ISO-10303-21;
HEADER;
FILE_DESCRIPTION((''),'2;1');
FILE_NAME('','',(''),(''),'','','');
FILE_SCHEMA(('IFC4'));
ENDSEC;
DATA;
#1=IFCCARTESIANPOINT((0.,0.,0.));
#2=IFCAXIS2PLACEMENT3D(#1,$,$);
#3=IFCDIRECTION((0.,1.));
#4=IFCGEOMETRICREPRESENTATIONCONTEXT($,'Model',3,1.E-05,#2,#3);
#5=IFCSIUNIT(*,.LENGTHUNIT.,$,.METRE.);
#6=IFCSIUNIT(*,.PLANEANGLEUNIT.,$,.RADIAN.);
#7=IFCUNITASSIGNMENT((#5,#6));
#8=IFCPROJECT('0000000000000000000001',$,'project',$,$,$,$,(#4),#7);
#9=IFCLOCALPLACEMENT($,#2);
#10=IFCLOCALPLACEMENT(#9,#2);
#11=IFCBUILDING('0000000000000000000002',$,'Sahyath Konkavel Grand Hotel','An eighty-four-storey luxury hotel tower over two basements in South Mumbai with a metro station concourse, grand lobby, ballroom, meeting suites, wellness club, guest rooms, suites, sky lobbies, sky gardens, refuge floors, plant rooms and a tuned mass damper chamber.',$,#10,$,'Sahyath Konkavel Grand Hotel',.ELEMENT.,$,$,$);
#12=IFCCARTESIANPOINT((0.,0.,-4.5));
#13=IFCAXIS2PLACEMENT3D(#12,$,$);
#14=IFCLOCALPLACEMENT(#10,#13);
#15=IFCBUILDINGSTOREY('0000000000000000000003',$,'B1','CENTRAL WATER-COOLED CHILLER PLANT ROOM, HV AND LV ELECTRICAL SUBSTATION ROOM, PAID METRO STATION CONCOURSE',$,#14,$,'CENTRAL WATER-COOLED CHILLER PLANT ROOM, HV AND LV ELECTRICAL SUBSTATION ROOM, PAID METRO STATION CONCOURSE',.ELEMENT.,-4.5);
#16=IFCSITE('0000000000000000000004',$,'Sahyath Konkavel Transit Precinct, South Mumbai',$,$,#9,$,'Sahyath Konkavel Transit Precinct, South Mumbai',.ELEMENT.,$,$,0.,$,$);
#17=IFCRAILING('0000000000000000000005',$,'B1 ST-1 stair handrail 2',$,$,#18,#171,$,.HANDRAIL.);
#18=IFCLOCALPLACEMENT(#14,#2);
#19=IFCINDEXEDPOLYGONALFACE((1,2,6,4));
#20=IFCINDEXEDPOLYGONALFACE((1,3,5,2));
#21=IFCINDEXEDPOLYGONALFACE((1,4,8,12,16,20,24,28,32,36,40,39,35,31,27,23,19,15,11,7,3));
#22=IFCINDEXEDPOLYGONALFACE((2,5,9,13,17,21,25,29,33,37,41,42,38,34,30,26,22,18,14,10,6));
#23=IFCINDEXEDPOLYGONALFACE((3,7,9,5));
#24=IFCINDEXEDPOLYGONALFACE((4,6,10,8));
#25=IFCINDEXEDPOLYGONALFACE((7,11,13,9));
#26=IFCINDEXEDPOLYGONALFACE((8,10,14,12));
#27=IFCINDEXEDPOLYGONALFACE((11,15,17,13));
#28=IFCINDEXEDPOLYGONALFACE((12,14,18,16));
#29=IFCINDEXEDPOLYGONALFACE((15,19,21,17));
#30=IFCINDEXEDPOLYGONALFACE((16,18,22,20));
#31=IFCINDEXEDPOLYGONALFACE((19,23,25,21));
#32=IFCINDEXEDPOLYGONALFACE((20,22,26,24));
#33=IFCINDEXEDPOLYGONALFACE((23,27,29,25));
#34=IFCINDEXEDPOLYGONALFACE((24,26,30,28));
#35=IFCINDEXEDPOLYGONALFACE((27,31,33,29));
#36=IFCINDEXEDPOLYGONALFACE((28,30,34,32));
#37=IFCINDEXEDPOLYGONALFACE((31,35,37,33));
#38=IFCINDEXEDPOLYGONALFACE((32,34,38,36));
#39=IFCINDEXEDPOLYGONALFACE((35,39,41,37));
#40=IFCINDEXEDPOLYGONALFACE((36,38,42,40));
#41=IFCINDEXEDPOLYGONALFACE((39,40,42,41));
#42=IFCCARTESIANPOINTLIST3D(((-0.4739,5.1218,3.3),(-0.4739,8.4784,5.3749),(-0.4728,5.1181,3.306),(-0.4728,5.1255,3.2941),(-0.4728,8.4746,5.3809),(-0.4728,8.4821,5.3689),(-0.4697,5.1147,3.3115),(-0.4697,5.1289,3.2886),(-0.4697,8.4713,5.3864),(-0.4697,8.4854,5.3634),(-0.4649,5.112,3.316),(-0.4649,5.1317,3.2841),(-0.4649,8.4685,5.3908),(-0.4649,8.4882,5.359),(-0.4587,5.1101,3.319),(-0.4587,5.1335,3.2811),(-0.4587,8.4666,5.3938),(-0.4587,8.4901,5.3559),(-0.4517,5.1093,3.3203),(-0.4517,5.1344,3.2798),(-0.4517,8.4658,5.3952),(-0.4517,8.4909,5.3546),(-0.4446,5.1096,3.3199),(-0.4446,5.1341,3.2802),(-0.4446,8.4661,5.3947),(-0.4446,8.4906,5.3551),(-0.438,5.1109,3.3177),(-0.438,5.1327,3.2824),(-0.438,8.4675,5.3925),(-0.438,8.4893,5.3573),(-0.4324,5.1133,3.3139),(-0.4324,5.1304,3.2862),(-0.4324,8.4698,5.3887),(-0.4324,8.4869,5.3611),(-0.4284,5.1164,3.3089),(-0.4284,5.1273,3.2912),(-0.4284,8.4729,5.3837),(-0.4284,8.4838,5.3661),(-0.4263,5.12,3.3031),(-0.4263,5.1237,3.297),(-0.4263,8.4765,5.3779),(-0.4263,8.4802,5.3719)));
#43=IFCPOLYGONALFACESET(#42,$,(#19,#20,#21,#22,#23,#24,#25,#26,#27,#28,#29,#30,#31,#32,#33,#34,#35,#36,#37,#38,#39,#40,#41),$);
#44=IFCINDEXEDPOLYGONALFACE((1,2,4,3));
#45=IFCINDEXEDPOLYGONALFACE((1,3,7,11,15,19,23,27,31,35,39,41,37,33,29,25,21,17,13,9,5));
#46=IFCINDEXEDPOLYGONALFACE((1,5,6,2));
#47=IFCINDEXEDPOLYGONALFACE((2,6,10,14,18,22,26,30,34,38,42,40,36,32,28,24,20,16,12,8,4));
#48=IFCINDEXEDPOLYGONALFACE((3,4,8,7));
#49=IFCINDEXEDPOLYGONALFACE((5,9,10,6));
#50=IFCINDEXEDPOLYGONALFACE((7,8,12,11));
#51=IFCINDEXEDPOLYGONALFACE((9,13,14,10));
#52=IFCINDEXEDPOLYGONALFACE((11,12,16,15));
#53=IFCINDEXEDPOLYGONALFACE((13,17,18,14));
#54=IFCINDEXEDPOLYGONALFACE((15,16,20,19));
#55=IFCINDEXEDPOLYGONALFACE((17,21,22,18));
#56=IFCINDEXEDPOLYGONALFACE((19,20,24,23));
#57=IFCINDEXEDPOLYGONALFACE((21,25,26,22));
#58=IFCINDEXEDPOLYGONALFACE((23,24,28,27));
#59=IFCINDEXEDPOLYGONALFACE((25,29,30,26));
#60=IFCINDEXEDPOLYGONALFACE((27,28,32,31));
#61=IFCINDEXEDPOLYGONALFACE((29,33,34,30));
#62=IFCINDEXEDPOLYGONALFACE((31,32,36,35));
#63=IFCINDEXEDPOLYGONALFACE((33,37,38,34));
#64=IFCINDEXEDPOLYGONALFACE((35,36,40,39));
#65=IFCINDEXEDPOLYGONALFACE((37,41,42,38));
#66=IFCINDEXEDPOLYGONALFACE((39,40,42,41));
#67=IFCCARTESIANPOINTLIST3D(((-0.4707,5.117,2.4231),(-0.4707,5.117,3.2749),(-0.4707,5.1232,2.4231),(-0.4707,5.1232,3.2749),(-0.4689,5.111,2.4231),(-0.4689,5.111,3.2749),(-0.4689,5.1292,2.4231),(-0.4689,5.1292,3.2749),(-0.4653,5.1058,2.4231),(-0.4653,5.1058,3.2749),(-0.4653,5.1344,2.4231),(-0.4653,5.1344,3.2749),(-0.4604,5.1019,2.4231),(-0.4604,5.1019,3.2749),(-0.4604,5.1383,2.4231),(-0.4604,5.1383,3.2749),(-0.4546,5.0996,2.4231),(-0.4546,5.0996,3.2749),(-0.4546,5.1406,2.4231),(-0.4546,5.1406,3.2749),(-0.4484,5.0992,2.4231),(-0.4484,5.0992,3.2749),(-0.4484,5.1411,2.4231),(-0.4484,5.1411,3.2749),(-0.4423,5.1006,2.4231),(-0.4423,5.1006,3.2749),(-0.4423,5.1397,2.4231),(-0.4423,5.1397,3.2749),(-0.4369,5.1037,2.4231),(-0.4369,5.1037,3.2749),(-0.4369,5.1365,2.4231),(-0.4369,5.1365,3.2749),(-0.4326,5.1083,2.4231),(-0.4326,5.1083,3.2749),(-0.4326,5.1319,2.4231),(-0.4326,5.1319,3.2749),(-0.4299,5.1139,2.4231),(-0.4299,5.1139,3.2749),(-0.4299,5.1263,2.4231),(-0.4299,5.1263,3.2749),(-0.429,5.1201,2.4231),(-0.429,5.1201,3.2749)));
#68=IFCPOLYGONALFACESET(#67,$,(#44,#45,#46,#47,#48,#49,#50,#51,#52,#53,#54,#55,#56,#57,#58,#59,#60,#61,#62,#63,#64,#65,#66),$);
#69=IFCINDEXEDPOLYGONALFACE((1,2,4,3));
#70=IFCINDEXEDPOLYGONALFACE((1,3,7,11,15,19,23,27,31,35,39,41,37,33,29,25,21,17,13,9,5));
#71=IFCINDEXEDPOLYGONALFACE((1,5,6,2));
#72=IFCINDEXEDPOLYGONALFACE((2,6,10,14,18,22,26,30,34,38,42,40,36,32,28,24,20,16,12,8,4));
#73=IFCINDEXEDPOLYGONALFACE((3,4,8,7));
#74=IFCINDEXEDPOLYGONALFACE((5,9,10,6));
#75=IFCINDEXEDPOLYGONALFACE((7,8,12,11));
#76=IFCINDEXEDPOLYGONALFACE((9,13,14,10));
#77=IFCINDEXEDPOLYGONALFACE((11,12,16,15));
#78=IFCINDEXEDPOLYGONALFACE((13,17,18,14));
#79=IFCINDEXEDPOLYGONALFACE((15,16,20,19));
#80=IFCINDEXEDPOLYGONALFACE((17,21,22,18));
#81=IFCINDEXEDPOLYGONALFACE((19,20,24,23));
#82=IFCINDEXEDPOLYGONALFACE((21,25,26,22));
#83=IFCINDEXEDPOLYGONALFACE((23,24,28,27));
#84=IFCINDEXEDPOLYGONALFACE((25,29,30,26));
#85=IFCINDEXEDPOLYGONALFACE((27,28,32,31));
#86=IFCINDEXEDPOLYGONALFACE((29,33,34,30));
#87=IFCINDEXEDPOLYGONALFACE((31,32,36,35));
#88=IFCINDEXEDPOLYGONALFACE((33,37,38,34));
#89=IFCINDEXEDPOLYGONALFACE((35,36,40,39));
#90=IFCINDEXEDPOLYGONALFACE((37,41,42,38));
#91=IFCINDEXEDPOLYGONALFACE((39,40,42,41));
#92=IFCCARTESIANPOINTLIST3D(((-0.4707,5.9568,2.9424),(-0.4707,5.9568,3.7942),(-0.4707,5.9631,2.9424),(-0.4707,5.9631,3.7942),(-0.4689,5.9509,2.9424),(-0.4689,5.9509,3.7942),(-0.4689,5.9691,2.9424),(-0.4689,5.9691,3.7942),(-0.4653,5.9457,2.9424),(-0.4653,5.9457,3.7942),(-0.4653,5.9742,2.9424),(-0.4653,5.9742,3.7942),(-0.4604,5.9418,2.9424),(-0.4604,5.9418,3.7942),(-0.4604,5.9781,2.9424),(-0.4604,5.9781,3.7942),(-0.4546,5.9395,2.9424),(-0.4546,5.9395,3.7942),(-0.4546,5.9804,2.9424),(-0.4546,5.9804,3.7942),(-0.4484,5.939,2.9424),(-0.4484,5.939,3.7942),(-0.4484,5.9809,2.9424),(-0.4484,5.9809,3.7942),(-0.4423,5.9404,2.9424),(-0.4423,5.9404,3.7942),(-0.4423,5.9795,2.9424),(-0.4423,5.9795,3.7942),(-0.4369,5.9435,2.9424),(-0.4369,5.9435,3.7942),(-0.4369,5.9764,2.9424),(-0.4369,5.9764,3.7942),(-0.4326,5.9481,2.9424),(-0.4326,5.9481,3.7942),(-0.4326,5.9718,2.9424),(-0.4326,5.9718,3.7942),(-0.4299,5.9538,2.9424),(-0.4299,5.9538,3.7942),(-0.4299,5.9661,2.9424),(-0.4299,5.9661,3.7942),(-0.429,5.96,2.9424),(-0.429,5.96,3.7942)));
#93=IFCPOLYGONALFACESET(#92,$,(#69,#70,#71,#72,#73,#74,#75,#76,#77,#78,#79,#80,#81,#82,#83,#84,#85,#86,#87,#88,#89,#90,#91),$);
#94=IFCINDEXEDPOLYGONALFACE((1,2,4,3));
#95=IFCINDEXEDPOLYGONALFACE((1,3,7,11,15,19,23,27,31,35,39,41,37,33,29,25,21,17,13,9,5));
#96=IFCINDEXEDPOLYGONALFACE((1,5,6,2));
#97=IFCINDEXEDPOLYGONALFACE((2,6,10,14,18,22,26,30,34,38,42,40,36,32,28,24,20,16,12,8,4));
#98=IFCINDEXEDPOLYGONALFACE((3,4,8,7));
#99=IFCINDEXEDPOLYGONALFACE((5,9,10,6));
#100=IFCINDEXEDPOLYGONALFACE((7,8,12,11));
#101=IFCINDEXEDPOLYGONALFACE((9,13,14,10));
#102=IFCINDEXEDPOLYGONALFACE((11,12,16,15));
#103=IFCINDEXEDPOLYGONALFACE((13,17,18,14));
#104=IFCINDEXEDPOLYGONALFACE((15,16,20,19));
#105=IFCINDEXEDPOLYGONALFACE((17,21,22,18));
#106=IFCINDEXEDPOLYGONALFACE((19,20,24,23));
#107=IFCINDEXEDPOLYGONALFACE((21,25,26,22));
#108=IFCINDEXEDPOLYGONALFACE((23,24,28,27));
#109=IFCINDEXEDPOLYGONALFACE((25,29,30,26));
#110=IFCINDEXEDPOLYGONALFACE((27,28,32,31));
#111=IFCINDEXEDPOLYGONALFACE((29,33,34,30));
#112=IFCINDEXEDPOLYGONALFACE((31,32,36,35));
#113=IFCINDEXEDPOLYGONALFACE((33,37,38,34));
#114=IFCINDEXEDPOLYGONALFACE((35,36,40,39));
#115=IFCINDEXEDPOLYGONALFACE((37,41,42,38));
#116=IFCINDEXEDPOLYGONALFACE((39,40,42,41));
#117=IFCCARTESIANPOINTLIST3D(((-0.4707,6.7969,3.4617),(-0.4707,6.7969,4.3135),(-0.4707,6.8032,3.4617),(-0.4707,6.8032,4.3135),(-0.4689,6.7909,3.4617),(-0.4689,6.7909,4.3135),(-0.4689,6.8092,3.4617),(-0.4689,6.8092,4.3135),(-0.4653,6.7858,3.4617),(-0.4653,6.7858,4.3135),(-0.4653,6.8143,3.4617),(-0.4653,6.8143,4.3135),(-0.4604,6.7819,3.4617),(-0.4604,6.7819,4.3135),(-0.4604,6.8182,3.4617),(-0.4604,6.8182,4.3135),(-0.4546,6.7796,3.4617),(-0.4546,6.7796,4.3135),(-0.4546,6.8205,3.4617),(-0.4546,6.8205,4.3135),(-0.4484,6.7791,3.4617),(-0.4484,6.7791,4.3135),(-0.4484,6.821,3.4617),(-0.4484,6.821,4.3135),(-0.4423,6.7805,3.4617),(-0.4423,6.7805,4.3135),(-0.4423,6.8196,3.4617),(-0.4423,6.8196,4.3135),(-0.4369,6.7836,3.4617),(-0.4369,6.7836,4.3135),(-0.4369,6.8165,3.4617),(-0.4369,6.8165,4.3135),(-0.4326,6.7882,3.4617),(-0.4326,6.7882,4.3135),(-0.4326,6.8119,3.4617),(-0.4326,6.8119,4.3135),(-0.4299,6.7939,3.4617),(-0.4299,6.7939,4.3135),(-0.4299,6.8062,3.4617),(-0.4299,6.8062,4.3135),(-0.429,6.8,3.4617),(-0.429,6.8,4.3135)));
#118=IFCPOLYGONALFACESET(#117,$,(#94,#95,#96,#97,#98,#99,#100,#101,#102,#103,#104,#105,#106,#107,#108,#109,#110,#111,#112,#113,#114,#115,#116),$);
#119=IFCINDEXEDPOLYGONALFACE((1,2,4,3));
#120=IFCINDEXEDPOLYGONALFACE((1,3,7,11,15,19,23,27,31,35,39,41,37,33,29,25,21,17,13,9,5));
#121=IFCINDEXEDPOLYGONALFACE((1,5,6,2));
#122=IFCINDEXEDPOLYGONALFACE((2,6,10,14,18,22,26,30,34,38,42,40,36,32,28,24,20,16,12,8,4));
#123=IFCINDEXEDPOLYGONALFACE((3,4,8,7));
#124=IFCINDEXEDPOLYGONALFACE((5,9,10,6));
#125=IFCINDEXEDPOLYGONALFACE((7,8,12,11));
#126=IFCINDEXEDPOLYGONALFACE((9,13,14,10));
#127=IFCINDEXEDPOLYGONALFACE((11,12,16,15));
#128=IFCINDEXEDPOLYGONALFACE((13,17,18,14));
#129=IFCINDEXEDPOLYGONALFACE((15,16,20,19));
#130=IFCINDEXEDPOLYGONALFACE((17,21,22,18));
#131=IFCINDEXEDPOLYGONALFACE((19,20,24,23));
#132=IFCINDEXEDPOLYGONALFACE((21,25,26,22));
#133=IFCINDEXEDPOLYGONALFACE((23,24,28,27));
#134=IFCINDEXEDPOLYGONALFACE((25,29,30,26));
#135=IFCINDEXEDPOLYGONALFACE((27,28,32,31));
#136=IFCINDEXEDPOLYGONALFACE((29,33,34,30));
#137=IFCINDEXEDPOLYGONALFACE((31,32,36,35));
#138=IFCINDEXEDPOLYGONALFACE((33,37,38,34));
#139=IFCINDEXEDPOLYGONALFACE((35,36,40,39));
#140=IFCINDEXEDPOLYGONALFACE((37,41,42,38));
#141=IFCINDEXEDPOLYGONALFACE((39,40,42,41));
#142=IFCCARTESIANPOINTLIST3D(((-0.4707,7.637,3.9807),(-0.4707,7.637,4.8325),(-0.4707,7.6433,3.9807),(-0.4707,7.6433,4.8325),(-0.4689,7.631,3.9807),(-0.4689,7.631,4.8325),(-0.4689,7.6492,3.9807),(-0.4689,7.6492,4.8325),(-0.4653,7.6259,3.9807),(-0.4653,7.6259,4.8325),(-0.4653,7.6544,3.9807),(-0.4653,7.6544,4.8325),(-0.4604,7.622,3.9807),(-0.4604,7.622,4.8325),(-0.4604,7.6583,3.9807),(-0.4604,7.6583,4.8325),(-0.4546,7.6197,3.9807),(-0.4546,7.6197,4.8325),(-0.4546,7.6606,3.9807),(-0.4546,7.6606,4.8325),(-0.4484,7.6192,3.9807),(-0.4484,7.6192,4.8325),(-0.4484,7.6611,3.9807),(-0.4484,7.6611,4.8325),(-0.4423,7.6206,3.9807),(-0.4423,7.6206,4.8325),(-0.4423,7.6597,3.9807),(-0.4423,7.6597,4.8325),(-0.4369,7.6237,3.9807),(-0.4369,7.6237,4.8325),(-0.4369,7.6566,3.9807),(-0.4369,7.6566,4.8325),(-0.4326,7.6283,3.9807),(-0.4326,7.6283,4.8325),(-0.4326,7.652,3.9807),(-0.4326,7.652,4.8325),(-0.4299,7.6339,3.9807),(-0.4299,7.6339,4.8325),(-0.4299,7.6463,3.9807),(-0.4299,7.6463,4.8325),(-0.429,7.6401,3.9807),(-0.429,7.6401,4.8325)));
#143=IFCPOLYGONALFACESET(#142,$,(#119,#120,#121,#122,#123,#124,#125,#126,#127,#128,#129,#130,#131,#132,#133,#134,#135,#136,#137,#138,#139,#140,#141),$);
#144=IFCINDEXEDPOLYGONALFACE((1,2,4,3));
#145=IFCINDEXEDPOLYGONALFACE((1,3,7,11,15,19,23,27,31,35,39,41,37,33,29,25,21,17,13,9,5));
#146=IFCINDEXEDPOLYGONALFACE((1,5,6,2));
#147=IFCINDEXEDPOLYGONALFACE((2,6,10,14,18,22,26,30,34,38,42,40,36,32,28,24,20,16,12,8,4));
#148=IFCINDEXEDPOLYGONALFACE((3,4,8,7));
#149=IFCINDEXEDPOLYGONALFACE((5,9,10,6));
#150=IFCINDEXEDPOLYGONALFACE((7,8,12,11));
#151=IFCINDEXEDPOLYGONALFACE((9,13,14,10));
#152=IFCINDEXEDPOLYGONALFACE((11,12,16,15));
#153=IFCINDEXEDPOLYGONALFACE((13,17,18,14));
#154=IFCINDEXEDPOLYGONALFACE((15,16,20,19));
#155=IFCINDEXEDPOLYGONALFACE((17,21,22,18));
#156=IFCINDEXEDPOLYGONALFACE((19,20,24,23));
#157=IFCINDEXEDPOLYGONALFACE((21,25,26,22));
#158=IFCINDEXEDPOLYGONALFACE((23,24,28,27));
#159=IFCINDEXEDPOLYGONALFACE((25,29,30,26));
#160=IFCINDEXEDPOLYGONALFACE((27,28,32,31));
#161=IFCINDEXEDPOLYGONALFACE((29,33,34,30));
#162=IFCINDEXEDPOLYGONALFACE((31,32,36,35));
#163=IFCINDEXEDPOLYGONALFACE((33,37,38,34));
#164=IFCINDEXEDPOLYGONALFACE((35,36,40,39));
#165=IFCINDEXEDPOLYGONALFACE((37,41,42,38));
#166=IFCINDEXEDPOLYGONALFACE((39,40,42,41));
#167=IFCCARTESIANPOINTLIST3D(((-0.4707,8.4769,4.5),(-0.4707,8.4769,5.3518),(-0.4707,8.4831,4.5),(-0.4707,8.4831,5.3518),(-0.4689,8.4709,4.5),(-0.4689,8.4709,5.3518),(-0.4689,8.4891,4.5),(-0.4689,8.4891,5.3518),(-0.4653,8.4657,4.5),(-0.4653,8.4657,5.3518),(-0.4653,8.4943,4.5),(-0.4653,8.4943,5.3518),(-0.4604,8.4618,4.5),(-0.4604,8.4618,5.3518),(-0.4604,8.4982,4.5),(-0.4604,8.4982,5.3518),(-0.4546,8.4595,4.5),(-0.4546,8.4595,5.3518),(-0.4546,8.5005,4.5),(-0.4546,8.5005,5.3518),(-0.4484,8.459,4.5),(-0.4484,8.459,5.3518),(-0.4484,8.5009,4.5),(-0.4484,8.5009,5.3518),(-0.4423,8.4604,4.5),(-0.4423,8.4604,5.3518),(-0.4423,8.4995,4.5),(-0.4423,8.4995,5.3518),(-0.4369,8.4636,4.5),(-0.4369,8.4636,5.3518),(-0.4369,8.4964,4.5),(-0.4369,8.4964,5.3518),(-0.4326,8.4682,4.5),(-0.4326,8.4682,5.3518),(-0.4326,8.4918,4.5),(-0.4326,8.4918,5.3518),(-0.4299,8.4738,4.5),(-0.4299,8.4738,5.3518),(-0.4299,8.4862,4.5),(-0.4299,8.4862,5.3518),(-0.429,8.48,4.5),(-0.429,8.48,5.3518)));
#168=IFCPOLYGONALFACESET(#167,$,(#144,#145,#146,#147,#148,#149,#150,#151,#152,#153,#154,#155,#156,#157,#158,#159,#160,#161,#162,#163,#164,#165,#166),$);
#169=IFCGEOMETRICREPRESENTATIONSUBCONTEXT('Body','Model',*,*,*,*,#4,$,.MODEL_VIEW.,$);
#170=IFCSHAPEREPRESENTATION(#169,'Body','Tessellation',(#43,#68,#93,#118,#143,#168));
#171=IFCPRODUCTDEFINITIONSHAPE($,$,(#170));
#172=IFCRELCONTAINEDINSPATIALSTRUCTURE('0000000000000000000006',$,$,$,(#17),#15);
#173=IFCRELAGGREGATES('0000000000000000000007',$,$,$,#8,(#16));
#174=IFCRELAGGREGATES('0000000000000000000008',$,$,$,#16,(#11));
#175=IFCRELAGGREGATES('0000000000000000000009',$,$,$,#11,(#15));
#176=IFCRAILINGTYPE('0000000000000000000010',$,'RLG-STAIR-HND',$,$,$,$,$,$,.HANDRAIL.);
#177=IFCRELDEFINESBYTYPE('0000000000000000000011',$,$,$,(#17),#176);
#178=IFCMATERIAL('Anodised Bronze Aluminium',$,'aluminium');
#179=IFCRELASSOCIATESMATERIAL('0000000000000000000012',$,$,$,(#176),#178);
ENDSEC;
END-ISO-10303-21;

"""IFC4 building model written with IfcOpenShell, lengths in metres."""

from ifc_helpers import new_model, si_unit, direction, frame, origin, origin_2d, place, context, subcontext, project, spatial, circle, extrude, material, type_object, element, save


model = new_model("IFC4")

# Units and contexts
model_context = context("Model", 3, precision=1e-05, world=origin(), true_north=direction((0.0, 1.0)))
body_context = subcontext(model_context, "Body", "Model", "MODEL_VIEW")
ifc_project = project(units=[si_unit("LENGTHUNIT", "METRE"), si_unit("PLANEANGLEUNIT", "RADIAN")], contexts=[model_context])

# Site, building, storey
site_placement = place(None, origin())
site = spatial("IfcSite", under=ifc_project, at=site_placement, Name="Sahyath Konkavel Transit Precinct, South Mumbai", LongName="Sahyath Konkavel Transit Precinct, South Mumbai", CompositionType="ELEMENT", RefElevation=0.0)
building_placement = place(site_placement, origin())
building = spatial("IfcBuilding", under=site, at=building_placement, Name="Sahyath Konkavel Grand Hotel", Description="An eighty-four-storey luxury hotel tower over two basements in South Mumbai with a metro station concourse, grand lobby, ballroom, meeting suites, wellness club, guest rooms, suites, sky lobbies, sky gardens, refuge floors, plant rooms and a tuned mass damper chamber.", LongName="Sahyath Konkavel Grand Hotel", CompositionType="ELEMENT")
storey_placement = place(building_placement, frame((0.0, 0.0, -4.5)))
storey = spatial("IfcBuildingStorey", under=building, at=storey_placement, Name="B1", Description="CENTRAL WATER-COOLED CHILLER PLANT ROOM, HV AND LV ELECTRICAL SUBSTATION ROOM, PAID METRO STATION CONCOURSE", LongName="CENTRAL WATER-COOLED CHILLER PLANT ROOM, HV AND LV ELECTRICAL SUBSTATION ROOM, PAID METRO STATION CONCOURSE", CompositionType="ELEMENT", Elevation=-4.5)

# Railing
ifc_material_1 = material(Name="Anodised Bronze Aluminium", Category="aluminium")
railing_type = type_object("IfcRailingType", Name="RLG-STAIR-HND", PredefinedType="HANDRAIL", material=ifc_material_1)
railing_placement = place(storey_placement, frame((-0.45, 5.1201, 2.4231)))
element("IfcRailing", 1, at=railing_placement, inside=storey, type_object=railing_type, Name="B1 ST-1 stair handrail 2", PredefinedType="HANDRAIL", context=body_context, shape_type="SweptSolid", body=[
    extrude(circle(Radius=0.0239, at=origin_2d()), frame((0.0, 0.0017, 0.877), z_axis=(0.0, 0.850606, 0.525803), x_axis=(-1.0, 0.0, 0.0)), (0.0, 0.0, 1.0), 3.946),
    extrude(circle(Radius=0.021, at=origin_2d()), origin(), (0.0, 0.0, 1.0), 0.8518),
    extrude(circle(Radius=0.021, at=origin_2d()), frame((0.0, 0.8398, 0.5193)), (0.0, 0.0, 1.0), 0.8518),
    extrude(circle(Radius=0.021, at=origin_2d()), frame((0.0, 1.6799, 1.0386)), (0.0, 0.0, 1.0), 0.8518),
    extrude(circle(Radius=0.021, at=origin_2d()), frame((0.0, 2.52, 1.5576)), (0.0, 0.0, 1.0), 0.8518),
    extrude(circle(Radius=0.021, at=origin_2d()), frame((0.0, 3.3599, 2.0769)), (0.0, 0.0, 1.0), 0.8518),
])

save(model, "model.ifc")
